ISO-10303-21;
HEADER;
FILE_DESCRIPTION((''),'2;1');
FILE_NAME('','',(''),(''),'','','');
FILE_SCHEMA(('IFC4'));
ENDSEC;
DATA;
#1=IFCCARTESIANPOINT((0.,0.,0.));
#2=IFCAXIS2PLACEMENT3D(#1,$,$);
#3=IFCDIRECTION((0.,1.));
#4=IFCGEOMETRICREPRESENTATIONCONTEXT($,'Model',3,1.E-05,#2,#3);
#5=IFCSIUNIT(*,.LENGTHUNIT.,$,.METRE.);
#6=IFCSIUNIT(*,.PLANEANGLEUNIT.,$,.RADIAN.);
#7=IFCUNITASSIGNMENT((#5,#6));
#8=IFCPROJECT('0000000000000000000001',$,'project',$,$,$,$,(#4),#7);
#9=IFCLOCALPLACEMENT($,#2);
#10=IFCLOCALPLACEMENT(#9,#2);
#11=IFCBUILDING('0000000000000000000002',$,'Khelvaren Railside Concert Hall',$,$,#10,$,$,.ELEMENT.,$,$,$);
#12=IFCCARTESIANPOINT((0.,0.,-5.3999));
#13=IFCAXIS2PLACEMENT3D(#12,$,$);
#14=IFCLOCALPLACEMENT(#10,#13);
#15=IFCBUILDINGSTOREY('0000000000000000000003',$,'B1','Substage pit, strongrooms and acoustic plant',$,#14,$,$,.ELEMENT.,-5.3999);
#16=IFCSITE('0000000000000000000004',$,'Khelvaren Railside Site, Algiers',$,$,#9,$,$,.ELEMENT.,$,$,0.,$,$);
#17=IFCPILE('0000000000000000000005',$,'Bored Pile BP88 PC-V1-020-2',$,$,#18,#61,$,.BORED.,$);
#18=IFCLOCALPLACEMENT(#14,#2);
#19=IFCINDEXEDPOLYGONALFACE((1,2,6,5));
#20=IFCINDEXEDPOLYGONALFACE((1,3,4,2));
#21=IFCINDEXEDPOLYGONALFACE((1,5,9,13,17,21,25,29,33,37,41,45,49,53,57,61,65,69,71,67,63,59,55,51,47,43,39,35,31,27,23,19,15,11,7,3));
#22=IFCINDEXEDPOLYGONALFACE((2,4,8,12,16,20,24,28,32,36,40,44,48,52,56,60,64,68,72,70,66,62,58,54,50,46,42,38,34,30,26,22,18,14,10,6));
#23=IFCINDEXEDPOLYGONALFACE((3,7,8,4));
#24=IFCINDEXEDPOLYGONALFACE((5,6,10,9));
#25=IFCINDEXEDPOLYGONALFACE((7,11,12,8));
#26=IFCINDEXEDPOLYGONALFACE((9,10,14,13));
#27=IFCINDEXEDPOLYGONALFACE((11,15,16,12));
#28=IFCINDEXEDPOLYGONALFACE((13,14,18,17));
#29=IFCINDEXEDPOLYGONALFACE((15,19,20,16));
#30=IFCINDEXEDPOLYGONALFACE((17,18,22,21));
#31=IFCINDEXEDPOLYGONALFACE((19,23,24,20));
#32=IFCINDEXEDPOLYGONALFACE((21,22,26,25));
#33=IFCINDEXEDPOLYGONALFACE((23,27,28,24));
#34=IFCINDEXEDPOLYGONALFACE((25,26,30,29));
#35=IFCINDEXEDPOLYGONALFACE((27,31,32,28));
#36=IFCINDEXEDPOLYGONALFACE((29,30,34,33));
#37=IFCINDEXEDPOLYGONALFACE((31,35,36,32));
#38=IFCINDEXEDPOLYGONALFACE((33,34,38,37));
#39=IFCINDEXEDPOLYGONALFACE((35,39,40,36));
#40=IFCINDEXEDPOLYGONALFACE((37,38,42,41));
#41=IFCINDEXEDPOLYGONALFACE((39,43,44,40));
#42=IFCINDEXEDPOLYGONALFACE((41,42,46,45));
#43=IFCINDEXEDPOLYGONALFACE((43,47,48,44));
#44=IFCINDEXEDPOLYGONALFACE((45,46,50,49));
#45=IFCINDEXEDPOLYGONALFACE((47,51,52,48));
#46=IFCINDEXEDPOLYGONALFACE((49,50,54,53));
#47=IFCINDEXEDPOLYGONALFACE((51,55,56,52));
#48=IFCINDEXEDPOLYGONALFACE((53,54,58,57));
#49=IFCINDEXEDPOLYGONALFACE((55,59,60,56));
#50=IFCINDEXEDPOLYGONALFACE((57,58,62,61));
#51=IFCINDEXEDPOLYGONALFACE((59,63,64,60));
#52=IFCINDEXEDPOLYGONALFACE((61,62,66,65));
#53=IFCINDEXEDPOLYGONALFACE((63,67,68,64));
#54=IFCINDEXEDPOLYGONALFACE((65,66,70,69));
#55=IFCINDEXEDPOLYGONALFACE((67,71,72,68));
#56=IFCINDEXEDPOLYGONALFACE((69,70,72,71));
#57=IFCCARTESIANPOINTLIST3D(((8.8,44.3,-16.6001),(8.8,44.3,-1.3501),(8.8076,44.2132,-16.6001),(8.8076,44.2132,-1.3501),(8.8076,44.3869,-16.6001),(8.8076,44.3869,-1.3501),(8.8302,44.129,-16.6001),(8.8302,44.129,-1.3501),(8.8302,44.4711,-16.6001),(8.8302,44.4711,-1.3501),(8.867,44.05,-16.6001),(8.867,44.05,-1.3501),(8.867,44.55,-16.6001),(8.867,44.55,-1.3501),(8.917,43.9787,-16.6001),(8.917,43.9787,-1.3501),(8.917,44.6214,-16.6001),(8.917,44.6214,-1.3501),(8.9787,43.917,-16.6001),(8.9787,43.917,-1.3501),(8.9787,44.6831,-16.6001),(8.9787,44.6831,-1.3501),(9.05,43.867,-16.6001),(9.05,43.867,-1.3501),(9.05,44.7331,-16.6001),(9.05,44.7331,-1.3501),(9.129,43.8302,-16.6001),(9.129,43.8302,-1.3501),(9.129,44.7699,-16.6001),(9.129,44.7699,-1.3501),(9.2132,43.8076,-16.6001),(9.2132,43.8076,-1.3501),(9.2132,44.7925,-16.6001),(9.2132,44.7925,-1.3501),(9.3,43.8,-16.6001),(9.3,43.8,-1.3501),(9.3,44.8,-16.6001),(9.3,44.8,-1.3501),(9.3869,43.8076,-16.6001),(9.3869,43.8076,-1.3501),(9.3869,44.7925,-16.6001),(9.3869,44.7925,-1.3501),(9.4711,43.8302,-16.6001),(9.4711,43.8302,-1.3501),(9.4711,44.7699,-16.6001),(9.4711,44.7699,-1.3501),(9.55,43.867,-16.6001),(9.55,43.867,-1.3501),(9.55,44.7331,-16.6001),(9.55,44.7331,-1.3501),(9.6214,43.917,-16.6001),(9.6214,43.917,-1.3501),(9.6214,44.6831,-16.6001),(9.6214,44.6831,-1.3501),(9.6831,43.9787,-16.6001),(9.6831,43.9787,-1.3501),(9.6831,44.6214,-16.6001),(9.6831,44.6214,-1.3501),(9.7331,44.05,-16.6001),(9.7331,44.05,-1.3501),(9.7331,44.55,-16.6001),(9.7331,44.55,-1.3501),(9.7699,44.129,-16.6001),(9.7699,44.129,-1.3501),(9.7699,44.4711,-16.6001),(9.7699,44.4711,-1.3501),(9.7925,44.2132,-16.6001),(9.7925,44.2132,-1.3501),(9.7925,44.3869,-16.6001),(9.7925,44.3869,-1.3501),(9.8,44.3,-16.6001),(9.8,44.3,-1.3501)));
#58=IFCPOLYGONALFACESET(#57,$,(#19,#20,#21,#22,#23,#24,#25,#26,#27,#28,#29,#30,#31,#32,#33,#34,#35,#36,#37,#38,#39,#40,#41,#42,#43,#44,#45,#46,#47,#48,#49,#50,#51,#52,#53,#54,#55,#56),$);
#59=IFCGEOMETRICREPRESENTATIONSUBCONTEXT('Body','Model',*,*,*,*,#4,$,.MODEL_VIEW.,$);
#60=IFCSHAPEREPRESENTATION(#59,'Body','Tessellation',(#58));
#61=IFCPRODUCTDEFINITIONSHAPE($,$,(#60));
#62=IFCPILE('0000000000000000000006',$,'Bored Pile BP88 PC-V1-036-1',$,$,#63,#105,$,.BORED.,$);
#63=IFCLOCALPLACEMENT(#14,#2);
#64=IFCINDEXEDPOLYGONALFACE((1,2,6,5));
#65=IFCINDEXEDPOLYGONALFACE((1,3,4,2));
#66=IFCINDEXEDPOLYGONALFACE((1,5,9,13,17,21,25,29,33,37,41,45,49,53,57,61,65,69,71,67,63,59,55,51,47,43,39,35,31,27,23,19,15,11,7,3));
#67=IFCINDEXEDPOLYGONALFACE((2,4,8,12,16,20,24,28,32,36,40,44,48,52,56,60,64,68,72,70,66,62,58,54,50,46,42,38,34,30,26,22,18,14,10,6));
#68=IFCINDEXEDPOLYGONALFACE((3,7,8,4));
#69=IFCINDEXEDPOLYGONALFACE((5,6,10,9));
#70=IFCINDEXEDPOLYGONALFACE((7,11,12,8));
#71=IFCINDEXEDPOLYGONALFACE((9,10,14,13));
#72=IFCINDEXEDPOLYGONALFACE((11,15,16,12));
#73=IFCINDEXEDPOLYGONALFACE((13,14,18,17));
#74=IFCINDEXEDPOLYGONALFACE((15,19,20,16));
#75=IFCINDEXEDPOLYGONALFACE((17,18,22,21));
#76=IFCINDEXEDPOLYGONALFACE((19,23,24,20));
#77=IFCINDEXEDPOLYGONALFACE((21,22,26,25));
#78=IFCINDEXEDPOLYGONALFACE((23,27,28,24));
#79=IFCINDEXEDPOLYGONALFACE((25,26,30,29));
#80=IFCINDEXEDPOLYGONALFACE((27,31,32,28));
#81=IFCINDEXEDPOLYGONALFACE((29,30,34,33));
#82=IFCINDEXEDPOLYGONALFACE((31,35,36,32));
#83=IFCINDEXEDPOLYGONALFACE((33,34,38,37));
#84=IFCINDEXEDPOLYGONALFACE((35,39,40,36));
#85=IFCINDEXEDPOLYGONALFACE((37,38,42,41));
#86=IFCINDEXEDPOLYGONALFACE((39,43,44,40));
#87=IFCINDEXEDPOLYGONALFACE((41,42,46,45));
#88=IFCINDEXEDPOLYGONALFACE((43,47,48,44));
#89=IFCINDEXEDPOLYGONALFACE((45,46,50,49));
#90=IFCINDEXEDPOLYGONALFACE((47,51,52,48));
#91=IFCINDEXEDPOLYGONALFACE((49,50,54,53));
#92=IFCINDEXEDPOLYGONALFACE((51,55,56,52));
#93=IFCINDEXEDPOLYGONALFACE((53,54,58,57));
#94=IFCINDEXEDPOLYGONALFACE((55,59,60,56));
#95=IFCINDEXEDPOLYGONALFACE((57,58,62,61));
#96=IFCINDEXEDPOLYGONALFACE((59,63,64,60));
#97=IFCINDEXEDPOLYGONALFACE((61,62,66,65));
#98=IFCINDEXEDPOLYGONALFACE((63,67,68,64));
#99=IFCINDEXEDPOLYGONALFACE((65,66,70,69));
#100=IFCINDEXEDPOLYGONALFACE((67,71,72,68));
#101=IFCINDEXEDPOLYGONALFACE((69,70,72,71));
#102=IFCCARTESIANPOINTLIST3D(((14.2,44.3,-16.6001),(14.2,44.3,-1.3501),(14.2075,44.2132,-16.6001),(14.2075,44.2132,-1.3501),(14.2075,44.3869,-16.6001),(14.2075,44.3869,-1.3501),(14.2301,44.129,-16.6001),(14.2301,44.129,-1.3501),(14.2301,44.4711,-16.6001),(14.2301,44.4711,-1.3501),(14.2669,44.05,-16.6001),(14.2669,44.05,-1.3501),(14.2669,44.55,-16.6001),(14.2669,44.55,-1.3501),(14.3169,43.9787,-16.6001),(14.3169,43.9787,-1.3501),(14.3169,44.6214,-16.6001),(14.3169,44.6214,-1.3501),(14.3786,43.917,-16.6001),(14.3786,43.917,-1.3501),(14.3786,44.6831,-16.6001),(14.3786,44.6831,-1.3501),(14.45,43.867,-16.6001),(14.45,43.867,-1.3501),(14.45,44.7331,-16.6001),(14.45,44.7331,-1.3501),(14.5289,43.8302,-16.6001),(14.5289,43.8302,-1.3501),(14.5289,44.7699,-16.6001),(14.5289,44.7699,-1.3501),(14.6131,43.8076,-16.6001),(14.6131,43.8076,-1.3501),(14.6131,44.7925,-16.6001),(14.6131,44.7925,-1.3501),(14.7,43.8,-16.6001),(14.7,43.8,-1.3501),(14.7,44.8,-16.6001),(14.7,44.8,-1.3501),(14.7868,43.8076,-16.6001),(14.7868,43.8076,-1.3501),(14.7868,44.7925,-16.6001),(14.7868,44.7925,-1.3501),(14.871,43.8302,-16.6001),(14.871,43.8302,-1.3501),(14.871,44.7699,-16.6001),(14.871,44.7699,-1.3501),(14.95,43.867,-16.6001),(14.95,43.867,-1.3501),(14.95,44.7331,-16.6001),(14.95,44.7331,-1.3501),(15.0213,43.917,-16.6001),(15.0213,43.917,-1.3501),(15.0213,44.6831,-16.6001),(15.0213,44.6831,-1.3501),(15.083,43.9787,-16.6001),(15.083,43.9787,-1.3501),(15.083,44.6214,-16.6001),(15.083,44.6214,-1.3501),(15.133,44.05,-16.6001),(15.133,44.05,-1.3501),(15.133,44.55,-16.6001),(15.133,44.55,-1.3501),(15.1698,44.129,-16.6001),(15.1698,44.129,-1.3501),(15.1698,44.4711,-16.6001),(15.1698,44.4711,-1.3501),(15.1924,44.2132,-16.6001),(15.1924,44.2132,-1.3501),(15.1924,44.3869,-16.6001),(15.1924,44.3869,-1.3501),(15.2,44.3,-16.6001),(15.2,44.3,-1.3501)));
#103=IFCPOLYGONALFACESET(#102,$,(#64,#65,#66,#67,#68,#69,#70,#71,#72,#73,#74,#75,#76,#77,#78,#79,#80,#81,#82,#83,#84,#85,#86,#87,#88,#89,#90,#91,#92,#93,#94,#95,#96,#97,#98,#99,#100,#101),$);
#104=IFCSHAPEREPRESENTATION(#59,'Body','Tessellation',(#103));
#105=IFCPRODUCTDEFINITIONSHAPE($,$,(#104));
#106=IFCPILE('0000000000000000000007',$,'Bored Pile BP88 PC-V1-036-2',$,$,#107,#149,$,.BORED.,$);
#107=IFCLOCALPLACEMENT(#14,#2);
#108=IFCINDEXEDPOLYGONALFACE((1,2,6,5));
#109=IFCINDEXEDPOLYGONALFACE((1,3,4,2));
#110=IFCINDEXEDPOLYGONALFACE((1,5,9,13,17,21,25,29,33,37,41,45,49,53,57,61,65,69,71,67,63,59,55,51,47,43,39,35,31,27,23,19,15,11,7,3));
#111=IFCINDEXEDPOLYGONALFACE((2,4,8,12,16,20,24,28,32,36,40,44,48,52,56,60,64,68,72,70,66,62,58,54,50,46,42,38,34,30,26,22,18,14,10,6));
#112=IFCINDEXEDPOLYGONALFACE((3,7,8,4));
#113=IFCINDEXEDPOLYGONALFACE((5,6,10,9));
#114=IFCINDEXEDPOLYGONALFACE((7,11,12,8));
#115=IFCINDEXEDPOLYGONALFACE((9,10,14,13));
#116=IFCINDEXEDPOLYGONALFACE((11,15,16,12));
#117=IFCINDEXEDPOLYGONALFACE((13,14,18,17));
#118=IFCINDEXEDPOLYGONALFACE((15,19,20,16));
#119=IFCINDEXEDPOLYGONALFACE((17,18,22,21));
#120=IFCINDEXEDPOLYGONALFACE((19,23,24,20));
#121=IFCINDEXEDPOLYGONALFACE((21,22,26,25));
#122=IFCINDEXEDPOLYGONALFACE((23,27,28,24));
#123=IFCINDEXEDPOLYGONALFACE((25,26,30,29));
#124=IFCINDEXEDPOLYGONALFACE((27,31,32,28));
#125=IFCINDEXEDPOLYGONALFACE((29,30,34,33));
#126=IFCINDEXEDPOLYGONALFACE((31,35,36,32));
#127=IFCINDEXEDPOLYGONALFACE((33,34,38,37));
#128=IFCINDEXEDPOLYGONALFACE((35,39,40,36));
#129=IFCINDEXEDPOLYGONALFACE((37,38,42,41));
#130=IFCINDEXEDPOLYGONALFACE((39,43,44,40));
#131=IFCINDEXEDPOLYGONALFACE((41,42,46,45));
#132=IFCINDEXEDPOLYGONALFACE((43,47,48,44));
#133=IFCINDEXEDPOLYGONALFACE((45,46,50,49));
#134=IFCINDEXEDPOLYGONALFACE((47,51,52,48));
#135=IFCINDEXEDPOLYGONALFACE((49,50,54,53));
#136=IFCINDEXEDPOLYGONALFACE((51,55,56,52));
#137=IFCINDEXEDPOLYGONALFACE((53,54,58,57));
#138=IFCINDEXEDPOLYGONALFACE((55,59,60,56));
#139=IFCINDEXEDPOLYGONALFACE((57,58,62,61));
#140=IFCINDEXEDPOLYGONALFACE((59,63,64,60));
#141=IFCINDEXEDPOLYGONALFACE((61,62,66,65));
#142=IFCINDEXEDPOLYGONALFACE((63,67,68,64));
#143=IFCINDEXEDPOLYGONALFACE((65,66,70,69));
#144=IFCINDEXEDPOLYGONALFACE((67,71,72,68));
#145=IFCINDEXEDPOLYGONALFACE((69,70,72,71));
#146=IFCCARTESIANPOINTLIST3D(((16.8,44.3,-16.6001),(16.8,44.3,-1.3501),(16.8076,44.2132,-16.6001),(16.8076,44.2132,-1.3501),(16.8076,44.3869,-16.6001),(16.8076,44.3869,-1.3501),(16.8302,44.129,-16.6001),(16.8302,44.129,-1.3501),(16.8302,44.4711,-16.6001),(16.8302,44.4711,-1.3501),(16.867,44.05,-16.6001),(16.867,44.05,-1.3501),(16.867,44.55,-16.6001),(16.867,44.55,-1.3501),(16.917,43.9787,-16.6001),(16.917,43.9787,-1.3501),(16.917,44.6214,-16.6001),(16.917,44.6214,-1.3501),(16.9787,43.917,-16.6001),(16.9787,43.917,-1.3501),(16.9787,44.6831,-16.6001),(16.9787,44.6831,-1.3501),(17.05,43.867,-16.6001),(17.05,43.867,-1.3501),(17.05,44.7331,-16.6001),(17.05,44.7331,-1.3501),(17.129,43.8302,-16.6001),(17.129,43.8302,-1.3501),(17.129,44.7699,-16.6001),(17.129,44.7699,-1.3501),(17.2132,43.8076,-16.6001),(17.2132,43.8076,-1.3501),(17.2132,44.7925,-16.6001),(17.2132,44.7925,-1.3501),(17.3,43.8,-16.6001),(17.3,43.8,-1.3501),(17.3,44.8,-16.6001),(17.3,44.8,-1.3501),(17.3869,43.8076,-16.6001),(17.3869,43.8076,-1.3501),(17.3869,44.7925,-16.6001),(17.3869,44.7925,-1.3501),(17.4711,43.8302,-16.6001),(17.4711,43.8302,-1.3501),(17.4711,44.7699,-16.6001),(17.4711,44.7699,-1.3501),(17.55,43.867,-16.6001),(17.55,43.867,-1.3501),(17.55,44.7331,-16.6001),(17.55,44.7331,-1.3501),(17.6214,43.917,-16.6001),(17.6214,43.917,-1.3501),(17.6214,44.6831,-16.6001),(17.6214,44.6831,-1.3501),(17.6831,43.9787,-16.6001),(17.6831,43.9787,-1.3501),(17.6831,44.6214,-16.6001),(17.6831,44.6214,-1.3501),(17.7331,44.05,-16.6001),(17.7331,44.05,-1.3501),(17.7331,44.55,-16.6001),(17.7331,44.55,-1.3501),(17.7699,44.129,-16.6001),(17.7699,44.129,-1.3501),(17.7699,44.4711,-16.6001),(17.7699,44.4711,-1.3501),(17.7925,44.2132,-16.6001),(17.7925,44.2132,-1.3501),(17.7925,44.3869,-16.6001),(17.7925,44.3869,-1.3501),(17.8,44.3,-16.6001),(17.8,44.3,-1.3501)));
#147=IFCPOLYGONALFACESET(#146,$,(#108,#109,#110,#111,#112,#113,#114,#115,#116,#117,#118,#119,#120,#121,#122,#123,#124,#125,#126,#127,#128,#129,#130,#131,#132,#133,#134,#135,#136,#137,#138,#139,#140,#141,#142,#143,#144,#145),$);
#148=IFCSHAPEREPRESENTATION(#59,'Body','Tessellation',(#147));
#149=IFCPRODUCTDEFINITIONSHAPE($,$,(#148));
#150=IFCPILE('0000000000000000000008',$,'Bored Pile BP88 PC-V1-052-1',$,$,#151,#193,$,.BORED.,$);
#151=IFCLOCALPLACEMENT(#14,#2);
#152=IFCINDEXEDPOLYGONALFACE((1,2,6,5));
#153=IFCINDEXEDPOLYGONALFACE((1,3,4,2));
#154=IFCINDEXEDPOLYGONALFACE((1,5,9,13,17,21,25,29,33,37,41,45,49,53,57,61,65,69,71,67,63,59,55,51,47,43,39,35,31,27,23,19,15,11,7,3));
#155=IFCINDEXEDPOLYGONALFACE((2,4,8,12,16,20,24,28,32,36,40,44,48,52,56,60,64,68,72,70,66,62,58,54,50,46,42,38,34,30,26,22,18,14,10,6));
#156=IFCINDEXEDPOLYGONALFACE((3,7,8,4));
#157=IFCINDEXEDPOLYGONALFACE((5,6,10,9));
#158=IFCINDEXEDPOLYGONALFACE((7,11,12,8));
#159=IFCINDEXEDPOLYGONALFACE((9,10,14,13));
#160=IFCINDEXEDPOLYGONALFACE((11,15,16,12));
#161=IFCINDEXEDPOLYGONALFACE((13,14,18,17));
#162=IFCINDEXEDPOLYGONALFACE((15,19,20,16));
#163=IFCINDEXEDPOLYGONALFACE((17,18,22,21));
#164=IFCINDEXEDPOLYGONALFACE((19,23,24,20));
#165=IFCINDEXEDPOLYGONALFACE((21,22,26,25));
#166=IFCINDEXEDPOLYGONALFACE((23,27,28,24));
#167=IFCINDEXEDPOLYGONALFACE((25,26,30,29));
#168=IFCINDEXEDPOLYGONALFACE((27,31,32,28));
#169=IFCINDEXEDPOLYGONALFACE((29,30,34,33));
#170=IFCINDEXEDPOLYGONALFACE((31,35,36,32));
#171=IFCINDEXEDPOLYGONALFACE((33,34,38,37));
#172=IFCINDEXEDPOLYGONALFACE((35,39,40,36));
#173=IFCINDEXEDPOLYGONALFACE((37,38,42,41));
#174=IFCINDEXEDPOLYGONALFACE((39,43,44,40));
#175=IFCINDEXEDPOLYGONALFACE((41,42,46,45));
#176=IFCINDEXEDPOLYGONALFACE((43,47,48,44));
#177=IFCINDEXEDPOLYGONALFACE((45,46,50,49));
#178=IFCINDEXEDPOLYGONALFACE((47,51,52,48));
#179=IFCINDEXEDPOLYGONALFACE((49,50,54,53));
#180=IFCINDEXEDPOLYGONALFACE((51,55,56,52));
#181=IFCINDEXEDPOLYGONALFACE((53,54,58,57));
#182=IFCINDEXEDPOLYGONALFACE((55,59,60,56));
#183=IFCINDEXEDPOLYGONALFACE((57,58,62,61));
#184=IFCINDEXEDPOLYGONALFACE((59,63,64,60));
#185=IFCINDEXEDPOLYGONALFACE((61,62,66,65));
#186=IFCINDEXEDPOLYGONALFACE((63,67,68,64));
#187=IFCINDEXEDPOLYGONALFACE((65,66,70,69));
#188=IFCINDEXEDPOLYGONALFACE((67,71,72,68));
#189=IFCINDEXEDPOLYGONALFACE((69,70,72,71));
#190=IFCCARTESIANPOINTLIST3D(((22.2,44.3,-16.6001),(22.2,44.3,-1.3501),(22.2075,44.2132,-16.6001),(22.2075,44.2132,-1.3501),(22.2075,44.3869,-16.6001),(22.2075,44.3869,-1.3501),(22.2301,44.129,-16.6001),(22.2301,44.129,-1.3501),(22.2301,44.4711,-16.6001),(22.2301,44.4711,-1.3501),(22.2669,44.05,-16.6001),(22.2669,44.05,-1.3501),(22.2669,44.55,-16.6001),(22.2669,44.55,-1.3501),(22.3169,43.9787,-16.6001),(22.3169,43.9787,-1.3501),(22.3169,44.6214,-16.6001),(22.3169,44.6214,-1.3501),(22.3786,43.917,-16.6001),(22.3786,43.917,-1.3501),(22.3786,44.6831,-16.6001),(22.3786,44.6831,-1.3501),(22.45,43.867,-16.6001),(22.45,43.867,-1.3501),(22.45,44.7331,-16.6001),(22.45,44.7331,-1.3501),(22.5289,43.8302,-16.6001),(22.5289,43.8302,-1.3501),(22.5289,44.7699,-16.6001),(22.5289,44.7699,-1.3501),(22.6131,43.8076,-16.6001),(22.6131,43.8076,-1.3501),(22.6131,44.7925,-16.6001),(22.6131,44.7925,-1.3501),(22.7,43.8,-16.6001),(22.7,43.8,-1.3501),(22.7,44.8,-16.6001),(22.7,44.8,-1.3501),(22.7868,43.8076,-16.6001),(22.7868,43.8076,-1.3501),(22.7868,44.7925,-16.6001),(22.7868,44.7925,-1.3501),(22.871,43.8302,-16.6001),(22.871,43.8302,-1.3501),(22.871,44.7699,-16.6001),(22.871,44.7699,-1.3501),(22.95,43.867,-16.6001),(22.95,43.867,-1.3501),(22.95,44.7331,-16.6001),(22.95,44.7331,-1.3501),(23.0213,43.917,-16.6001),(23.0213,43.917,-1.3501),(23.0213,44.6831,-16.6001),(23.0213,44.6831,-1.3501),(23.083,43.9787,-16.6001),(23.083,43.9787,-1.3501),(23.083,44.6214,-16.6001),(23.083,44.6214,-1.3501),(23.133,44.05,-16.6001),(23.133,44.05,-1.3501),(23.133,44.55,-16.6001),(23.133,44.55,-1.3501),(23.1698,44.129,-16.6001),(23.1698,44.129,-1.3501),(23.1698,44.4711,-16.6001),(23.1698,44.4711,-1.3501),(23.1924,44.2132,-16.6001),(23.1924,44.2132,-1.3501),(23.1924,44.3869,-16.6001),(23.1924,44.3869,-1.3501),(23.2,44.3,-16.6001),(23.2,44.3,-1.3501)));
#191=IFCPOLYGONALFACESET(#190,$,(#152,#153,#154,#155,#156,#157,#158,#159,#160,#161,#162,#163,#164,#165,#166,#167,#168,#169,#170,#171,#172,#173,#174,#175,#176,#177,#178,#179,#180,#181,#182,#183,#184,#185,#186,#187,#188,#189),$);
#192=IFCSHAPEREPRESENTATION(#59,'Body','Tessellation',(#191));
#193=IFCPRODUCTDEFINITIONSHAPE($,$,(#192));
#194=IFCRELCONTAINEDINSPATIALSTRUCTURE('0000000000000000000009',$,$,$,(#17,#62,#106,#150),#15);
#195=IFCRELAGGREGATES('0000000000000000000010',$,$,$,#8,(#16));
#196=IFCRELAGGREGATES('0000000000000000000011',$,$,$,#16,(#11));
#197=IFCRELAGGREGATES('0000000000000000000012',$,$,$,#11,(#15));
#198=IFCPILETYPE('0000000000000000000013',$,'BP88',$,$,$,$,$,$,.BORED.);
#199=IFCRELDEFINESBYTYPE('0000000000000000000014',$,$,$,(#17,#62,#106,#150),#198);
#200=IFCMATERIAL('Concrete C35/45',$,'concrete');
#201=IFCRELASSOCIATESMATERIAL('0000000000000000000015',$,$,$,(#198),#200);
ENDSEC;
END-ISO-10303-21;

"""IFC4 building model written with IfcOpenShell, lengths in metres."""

from ifc_helpers import new_model, si_unit, direction, frame, origin, origin_2d, place, context, subcontext, project, spatial, circle, extrude, material, material_profile, profile_set, type_object, element, save


model = new_model("IFC4")

# Units and contexts
model_context = context("Model", 3, precision=1e-05, world=origin(), true_north=direction((0.0, 1.0)))
body_context = subcontext(model_context, "Body", "Model", "MODEL_VIEW")
ifc_project = project(units=[si_unit("LENGTHUNIT", "METRE"), si_unit("PLANEANGLEUNIT", "RADIAN")], contexts=[model_context])

# Site, building, storey
site_placement = place(None, origin())
site = spatial("IfcSite", under=ifc_project, at=site_placement, Name="Khelvaren Railside Site, Algiers", CompositionType="ELEMENT", RefElevation=0.0)
building_placement = place(site_placement, origin())
building = spatial("IfcBuilding", under=site, at=building_placement, Name="Khelvaren Railside Concert Hall", CompositionType="ELEMENT")
storey_placement = place(building_placement, frame((0.0, 0.0, -5.3999)))
storey = spatial("IfcBuildingStorey", under=building, at=storey_placement, Name="B1", Description="Substage pit, strongrooms and acoustic plant", CompositionType="ELEMENT", Elevation=-5.3999)

# Piles
ifc_material_1 = material(Name="Concrete C35/45", Category="concrete")
ifc_material_profile_1 = material_profile(ifc_material_1, circle(Radius=0.5, at=origin_2d()), Name="BP D1000")
ifc_profile_set_1 = profile_set([ifc_material_profile_1], Name="Concrete C35/45")
pile_type_1 = type_object("IfcPileType", Name="BP88", PredefinedType="BORED", material=ifc_profile_set_1)
for number, where, z_axis, x_axis, name in (
    (1, (9.3, 44.3, -1.3501), (0.0, 0.0, -1.0), (1.0, 0.0, 0.0), "Bored Pile BP88 PC-V1-020-2"),
    (2, (14.7, 44.3, -1.3501), (0.0, 0.0, -1.0), (1.0, 0.0, 0.0), "Bored Pile BP88 PC-V1-036-1"),
    (3, (17.3, 44.3, -1.3501), (0.0, 0.0, -1.0), (1.0, 0.0, 0.0), "Bored Pile BP88 PC-V1-036-2"),
    (4, (22.7, 44.3, -1.3501), (0.0, 0.0, -1.0), (1.0, 0.0, 0.0), "Bored Pile BP88 PC-V1-052-1"),
):
    element("IfcPile", number, at=place(storey_placement, frame(where, z_axis=z_axis, x_axis=x_axis)), inside=storey, type_object=pile_type_1, Name=name, PredefinedType="BORED", context=body_context, shape_type="SweptSolid", body=[
        extrude(circle(Radius=0.5, at=origin_2d()), origin(), (0.0, 0.0, 1.0), 15.25),
    ])

save(model, "model.ifc")
